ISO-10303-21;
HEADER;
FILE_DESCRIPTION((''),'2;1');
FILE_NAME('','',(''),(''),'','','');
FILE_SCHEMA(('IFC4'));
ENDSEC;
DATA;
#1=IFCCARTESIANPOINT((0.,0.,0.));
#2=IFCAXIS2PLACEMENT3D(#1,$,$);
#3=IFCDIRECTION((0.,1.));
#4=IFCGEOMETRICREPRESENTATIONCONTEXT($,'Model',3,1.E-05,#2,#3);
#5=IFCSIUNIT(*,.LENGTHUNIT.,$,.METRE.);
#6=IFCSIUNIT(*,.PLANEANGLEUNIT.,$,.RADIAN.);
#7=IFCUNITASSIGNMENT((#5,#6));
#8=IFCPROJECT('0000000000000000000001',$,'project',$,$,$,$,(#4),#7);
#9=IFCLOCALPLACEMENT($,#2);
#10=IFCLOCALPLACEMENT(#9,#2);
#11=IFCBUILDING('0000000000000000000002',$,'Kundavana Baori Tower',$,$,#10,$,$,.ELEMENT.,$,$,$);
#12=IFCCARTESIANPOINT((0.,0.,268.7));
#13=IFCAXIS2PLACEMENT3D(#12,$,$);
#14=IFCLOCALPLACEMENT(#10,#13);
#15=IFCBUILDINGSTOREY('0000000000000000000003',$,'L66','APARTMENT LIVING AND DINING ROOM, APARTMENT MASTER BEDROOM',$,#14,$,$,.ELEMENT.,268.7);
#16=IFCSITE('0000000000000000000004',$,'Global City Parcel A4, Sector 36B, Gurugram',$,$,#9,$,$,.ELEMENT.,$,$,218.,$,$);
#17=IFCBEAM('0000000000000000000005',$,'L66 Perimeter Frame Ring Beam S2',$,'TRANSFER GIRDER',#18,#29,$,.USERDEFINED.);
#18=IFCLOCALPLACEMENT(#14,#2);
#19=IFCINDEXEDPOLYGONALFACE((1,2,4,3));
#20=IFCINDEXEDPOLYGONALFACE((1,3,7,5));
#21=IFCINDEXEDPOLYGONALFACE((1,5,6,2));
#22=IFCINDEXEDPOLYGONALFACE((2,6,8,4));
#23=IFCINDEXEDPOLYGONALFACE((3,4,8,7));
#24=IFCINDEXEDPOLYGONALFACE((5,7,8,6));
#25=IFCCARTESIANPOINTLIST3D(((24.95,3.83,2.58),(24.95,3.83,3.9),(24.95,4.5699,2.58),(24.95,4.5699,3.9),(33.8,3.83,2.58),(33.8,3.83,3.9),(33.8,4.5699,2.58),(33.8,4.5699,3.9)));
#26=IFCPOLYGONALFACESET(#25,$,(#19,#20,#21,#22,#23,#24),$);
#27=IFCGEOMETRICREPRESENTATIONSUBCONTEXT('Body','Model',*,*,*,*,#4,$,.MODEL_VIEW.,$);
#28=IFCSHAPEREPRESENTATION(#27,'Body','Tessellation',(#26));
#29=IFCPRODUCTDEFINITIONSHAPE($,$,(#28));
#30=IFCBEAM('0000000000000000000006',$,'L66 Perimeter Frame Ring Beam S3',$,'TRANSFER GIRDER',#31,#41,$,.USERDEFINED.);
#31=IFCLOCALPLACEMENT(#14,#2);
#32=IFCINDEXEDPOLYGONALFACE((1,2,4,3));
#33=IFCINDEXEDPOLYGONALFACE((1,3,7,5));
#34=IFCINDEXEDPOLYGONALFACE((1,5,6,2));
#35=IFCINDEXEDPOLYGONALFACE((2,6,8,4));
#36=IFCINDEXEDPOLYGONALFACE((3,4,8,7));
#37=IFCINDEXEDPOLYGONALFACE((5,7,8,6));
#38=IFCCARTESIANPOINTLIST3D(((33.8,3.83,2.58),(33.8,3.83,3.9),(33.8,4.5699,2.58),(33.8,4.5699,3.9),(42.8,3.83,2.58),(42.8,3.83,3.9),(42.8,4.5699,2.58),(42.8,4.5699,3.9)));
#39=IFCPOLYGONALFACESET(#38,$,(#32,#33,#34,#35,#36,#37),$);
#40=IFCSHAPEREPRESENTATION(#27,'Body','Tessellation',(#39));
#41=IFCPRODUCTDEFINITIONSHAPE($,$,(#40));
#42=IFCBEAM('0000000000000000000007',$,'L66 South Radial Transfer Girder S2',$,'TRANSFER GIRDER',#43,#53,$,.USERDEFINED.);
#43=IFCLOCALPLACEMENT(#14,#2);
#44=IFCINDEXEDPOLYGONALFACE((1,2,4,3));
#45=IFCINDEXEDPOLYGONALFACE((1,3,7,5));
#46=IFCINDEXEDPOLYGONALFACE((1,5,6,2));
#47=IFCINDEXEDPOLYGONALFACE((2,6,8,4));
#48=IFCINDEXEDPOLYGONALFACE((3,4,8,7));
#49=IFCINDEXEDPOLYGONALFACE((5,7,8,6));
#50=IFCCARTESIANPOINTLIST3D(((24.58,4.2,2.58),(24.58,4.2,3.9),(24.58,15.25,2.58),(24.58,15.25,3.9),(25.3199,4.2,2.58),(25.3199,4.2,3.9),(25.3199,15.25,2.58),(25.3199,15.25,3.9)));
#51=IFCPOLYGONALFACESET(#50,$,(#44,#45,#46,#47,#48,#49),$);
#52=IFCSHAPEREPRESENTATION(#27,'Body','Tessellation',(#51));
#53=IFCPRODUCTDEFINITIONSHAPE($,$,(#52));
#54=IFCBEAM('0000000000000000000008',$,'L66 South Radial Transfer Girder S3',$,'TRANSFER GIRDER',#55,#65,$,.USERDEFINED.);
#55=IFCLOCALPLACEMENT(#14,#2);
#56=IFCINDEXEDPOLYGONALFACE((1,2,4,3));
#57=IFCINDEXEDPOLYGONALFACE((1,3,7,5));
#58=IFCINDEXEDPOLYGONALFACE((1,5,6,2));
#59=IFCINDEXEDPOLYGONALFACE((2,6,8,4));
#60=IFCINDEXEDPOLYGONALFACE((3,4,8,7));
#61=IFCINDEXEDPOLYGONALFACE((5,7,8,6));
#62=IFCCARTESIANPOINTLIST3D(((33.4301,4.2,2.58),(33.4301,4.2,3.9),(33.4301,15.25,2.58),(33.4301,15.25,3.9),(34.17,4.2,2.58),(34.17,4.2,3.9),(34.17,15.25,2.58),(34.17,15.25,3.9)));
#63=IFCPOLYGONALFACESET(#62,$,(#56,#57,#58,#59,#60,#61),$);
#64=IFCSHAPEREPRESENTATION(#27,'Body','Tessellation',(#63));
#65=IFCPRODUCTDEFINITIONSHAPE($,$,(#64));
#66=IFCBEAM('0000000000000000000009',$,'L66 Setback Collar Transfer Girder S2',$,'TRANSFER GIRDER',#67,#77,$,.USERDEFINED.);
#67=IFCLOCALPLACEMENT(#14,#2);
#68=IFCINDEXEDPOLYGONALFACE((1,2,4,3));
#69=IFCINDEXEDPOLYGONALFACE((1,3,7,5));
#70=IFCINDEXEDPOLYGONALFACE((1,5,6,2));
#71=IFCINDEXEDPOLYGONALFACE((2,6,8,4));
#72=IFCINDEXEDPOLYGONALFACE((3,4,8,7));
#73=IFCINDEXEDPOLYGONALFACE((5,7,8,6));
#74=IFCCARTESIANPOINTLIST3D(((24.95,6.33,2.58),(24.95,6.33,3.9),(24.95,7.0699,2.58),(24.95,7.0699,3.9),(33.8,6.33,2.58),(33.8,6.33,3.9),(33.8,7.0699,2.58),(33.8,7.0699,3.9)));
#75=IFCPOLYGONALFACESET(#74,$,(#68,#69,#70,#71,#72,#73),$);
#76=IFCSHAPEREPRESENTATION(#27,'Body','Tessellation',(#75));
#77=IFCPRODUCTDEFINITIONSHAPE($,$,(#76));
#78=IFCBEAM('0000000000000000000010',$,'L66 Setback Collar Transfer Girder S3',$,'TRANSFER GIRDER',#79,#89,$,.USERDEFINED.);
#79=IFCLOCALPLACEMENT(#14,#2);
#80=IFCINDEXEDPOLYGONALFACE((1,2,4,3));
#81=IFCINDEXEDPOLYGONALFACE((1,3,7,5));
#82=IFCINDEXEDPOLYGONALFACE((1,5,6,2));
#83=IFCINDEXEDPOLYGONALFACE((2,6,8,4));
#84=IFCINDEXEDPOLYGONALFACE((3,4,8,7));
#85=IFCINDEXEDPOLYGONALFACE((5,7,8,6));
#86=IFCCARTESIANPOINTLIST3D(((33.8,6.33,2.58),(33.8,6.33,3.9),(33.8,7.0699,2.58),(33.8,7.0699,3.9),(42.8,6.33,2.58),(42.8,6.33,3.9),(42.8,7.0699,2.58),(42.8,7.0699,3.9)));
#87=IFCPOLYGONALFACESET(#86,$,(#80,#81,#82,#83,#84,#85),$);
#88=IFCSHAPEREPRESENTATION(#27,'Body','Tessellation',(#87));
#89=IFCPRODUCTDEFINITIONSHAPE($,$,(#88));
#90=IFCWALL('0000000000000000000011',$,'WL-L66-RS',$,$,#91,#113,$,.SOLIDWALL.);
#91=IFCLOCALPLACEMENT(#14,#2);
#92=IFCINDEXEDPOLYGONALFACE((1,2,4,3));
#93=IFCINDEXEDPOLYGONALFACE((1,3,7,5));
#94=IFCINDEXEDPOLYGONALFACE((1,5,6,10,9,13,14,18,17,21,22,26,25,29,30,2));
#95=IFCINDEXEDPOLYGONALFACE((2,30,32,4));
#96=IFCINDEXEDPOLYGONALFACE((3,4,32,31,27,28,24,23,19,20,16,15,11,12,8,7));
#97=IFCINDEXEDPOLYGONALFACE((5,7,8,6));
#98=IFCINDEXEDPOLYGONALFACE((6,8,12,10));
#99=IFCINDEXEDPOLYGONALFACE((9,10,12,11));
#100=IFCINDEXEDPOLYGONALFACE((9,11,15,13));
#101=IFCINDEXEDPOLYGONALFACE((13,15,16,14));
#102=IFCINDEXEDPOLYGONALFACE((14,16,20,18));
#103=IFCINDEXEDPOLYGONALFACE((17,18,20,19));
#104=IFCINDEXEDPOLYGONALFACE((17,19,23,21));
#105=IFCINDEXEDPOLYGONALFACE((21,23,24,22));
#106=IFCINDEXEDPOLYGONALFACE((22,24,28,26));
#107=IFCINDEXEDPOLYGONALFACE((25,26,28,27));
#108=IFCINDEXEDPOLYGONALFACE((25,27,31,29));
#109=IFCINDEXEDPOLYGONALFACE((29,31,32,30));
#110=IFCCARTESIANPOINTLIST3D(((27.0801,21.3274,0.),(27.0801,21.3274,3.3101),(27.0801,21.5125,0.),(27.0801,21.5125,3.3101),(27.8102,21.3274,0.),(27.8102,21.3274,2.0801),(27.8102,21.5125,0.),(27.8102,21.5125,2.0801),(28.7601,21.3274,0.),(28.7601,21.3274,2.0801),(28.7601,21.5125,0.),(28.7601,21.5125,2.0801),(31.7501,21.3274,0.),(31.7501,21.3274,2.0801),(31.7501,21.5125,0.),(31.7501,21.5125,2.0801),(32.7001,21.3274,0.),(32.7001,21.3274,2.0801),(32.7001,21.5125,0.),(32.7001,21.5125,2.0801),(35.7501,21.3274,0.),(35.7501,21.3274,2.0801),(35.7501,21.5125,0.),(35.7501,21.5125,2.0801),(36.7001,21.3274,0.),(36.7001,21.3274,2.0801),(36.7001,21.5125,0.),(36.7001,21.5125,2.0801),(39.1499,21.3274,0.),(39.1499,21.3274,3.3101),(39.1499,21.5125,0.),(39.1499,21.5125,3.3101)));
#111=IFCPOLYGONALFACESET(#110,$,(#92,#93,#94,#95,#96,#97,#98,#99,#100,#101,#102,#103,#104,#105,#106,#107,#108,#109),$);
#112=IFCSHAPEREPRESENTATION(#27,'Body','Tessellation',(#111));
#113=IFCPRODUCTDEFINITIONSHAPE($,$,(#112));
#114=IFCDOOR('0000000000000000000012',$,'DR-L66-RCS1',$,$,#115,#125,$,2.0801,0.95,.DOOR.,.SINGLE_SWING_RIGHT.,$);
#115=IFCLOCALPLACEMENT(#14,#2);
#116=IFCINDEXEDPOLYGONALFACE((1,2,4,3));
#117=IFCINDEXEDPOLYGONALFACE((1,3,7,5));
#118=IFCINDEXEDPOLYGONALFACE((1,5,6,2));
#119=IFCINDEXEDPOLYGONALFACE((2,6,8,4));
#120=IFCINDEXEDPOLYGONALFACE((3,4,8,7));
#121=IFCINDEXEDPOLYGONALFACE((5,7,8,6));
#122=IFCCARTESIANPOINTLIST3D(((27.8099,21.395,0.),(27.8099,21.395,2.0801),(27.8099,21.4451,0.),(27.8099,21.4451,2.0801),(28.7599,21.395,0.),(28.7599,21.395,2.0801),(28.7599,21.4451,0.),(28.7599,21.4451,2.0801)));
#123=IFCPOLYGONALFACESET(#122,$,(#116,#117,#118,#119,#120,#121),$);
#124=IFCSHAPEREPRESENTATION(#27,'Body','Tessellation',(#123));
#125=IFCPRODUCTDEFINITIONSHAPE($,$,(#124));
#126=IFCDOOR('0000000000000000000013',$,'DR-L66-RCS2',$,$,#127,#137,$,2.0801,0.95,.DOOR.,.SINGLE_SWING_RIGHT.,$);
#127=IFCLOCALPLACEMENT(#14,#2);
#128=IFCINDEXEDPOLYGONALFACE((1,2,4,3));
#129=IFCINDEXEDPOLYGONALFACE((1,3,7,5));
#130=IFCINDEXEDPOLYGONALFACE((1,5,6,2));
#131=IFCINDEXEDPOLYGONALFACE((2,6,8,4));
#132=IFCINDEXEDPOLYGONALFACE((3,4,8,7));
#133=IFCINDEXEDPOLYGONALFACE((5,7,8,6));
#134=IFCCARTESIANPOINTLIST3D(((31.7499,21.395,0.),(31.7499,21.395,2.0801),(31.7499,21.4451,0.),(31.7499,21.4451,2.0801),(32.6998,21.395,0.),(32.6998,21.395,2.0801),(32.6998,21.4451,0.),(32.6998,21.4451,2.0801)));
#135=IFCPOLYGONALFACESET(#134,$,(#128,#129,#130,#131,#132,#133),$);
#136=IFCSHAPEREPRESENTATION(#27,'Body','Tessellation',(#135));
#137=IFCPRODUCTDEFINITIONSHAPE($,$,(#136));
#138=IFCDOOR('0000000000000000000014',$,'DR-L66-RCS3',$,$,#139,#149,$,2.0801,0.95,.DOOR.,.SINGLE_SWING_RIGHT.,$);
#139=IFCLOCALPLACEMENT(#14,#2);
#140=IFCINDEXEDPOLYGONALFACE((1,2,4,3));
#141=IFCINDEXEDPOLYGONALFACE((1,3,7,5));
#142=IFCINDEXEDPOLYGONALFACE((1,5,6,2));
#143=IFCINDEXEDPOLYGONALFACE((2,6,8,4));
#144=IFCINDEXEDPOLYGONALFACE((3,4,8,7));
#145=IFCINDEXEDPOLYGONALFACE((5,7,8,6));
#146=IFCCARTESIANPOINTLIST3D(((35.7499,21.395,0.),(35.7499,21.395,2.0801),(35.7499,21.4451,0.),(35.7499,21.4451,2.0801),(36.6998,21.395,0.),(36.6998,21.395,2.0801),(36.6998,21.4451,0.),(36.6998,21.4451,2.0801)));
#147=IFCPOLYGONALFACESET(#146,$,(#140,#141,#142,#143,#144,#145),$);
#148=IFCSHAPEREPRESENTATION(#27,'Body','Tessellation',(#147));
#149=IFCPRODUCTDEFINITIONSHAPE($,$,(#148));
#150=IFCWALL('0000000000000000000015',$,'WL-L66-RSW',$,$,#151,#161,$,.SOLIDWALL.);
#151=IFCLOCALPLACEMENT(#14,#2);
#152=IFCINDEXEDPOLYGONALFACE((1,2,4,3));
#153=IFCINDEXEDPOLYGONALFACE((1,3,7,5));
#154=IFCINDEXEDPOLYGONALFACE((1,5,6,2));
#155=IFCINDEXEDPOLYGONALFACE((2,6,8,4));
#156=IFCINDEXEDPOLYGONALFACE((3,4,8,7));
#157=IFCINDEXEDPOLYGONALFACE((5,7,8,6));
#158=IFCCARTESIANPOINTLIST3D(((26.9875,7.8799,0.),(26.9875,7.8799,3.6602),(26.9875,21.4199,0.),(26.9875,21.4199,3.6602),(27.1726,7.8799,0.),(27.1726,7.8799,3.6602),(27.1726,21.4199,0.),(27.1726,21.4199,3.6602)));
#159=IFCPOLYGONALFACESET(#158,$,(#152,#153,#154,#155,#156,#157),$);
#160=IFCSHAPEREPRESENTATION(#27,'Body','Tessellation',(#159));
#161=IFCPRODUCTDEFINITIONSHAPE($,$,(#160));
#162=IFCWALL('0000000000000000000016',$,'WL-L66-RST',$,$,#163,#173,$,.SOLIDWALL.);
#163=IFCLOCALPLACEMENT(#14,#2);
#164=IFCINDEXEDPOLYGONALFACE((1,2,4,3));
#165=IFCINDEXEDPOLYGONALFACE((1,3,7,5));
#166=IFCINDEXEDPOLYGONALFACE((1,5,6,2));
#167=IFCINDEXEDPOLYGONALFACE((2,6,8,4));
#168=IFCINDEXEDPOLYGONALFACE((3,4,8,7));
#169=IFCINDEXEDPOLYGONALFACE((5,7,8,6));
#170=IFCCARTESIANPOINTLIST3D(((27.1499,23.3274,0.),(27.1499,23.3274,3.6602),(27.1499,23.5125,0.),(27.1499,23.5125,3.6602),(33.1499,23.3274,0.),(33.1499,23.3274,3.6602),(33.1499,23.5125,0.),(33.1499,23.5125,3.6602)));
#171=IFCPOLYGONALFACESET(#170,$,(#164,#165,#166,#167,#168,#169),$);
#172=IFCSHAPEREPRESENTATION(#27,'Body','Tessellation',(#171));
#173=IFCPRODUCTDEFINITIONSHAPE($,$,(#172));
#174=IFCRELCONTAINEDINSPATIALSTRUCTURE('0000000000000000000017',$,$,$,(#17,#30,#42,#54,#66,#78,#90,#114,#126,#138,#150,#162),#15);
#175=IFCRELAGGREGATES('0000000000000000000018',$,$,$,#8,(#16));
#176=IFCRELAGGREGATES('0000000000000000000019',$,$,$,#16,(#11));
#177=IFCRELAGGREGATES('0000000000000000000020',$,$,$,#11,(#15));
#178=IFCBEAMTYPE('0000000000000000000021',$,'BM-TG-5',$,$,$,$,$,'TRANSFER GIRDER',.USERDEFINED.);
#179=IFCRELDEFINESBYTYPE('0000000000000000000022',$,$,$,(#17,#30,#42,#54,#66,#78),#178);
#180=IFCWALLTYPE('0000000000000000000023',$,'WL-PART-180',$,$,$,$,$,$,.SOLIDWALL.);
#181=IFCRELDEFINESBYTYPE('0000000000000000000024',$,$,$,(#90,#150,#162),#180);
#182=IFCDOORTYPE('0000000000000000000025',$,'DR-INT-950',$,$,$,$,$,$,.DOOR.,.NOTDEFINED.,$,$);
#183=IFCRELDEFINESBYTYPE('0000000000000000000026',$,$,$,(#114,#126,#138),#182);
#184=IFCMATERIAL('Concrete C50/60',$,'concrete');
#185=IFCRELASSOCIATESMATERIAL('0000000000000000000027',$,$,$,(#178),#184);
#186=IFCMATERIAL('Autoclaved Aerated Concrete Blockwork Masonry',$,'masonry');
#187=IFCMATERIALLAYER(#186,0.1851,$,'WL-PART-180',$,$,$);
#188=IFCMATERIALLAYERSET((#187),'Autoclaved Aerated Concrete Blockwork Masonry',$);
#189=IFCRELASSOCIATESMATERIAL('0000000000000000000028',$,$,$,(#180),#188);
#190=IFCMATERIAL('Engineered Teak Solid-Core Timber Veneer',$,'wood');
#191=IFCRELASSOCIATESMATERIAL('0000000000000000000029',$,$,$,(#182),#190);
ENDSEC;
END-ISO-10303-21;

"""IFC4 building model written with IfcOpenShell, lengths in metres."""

from ifc_helpers import new_model, si_unit, direction, frame, frame_2d, origin, origin_2d, place, context, subcontext, project, spatial, rectangle, extrude, material, layer, layer_set, material_profile, profile_set, type_object, element, fill, save


model = new_model("IFC4")

# Units and contexts
model_context = context("Model", 3, precision=1e-05, world=origin(), true_north=direction((0.0, 1.0)))
body_context = subcontext(model_context, "Body", "Model", "MODEL_VIEW")
ifc_project = project(units=[si_unit("LENGTHUNIT", "METRE"), si_unit("PLANEANGLEUNIT", "RADIAN")], contexts=[model_context])

# Site, building, storey
site_placement = place(None, origin())
site = spatial("IfcSite", under=ifc_project, at=site_placement, Name="Global City Parcel A4, Sector 36B, Gurugram", CompositionType="ELEMENT", RefElevation=218.0)
building_placement = place(site_placement, origin())
building = spatial("IfcBuilding", under=site, at=building_placement, Name="Kundavana Baori Tower", CompositionType="ELEMENT")
storey_placement = place(building_placement, frame((0.0, 0.0, 268.7)))
storey = spatial("IfcBuildingStorey", under=building, at=storey_placement, Name="L66", Description="APARTMENT LIVING AND DINING ROOM, APARTMENT MASTER BEDROOM", CompositionType="ELEMENT", Elevation=268.7)

# Beams
ifc_material_1 = material(Name="Concrete C50/60", Category="concrete")
ifc_material_profile_1 = material_profile(ifc_material_1, rectangle(XDim=0.74, YDim=1.3201, at=origin_2d()), Name="BM-TG-5")
ifc_profile_set_1 = profile_set([ifc_material_profile_1], Name="Concrete C50/60")
beam_type_1 = type_object("IfcBeamType", Name="BM-TG-5", ElementType="TRANSFER GIRDER", PredefinedType="USERDEFINED", material=ifc_profile_set_1)
beam_1_placement = place(storey_placement, frame((24.95, 4.2, 3.24), z_axis=(1.0, 0.0, 0.0), x_axis=(0.0, 1.0, 0.0)))
element("IfcBeam", 1, at=beam_1_placement, inside=storey, type_object=beam_type_1, Name="L66 Perimeter Frame Ring Beam S2", ObjectType="TRANSFER GIRDER", PredefinedType="USERDEFINED", context=body_context, shape_type="SweptSolid", body=[
    extrude(rectangle(XDim=0.74, YDim=1.3201, at=origin_2d()), origin(), (0.0, 0.0, 1.0), 8.8501),
])
beam_2_placement = place(storey_placement, frame((33.8, 4.2, 3.24), z_axis=(1.0, 0.0, 0.0), x_axis=(0.0, 1.0, 0.0)))
element("IfcBeam", 2, at=beam_2_placement, inside=storey, type_object=beam_type_1, Name="L66 Perimeter Frame Ring Beam S3", ObjectType="TRANSFER GIRDER", PredefinedType="USERDEFINED", context=body_context, shape_type="SweptSolid", body=[
    extrude(rectangle(XDim=0.74, YDim=1.3201, at=origin_2d()), origin(), (0.0, 0.0, 1.0), 9.0),
])
for number, where, z_axis, x_axis, name in (
    (3, (24.95, 15.25, 3.24), (0.0, -1.0, 0.0), (1.0, 0.0, 0.0), "L66 South Radial Transfer Girder S2"),
    (4, (33.8, 15.25, 3.24), (0.0, -1.0, 0.0), (1.0, 0.0, 0.0), "L66 South Radial Transfer Girder S3"),
):
    element("IfcBeam", number, at=place(storey_placement, frame(where, z_axis=z_axis, x_axis=x_axis)), inside=storey, type_object=beam_type_1, Name=name, ObjectType="TRANSFER GIRDER", PredefinedType="USERDEFINED", context=body_context, shape_type="SweptSolid", body=[
        extrude(rectangle(XDim=0.74, YDim=1.3201, at=origin_2d()), origin(), (0.0, 0.0, 1.0), 11.05),
    ])
beam_3_placement = place(storey_placement, frame((24.95, 6.7, 3.24), z_axis=(1.0, 0.0, 0.0), x_axis=(0.0, 1.0, 0.0)))
element("IfcBeam", 5, at=beam_3_placement, inside=storey, type_object=beam_type_1, Name="L66 Setback Collar Transfer Girder S2", ObjectType="TRANSFER GIRDER", PredefinedType="USERDEFINED", context=body_context, shape_type="SweptSolid", body=[
    extrude(rectangle(XDim=0.74, YDim=1.3201, at=origin_2d()), origin(), (0.0, 0.0, 1.0), 8.8501),
])
beam_4_placement = place(storey_placement, frame((33.8, 6.7, 3.24), z_axis=(1.0, 0.0, 0.0), x_axis=(0.0, 1.0, 0.0)))
element("IfcBeam", 6, at=beam_4_placement, inside=storey, type_object=beam_type_1, Name="L66 Setback Collar Transfer Girder S3", ObjectType="TRANSFER GIRDER", PredefinedType="USERDEFINED", context=body_context, shape_type="SweptSolid", body=[
    extrude(rectangle(XDim=0.74, YDim=1.3201, at=origin_2d()), origin(), (0.0, 0.0, 1.0), 9.0),
])

# Wall, openings, doors
ifc_material_2 = material(Name="Autoclaved Aerated Concrete Blockwork Masonry", Category="masonry")
ifc_layer = layer(ifc_material_2, 0.1851, Name="WL-PART-180")
ifc_layer_set = layer_set([ifc_layer], Name="Autoclaved Aerated Concrete Blockwork Masonry")
wall_type = type_object("IfcWallType", Name="WL-PART-180", PredefinedType="SOLIDWALL", material=ifc_layer_set)
wall_1_placement = place(storey_placement, frame((27.0801, 21.4199, 0.0), z_axis=(0.0, 0.0, 1.0), x_axis=(1.0, 0.0, 0.0)))
wall_1 = element("IfcWall", 7, at=wall_1_placement, inside=storey, type_object=wall_type, Name="WL-L66-RS", PredefinedType="SOLIDWALL", context=body_context, shape_type="SweptSolid", body=[
    extrude(rectangle(XDim=12.0698, YDim=0.1851, at=frame_2d((6.0349, 0.0))), origin(), (0.0, 0.0, 1.0), 3.3101),
])
opening_1_placement = place(wall_1_placement, frame((0.73, 0.0, 0.0)))
opening_1 = element("IfcOpeningElement", 8, at=opening_1_placement, cuts=wall_1, PredefinedType="OPENING", context=body_context, shape_type="SweptSolid", body=[
    extrude(rectangle(XDim=0.95, YDim=2.0801, at=frame_2d((0.4751, 1.04))), frame((0.0, 0.1025, 0.0), z_axis=(0.0, -1.0, 0.0), x_axis=(1.0, 0.0, 0.0)), (0.0, 0.0, 1.0), 0.2051),
])
opening_2_placement = place(wall_1_placement, frame((4.6699, 0.0, 0.0)))
opening_2 = element("IfcOpeningElement", 9, at=opening_2_placement, cuts=wall_1, PredefinedType="OPENING", context=body_context, shape_type="SweptSolid", body=[
    extrude(rectangle(XDim=0.95, YDim=2.0801, at=frame_2d((0.4751, 1.04))), frame((0.0, 0.1025, 0.0), z_axis=(0.0, -1.0, 0.0), x_axis=(1.0, 0.0, 0.0)), (0.0, 0.0, 1.0), 0.2051),
])
opening_3_placement = place(wall_1_placement, frame((8.6699, 0.0, 0.0)))
opening_3 = element("IfcOpeningElement", 10, at=opening_3_placement, cuts=wall_1, PredefinedType="OPENING", context=body_context, shape_type="SweptSolid", body=[
    extrude(rectangle(XDim=0.95, YDim=2.0801, at=frame_2d((0.4751, 1.04))), frame((0.0, 0.1025, 0.0), z_axis=(0.0, -1.0, 0.0), x_axis=(1.0, 0.0, 0.0)), (0.0, 0.0, 1.0), 0.2051),
])
ifc_material_3 = material(Name="Engineered Teak Solid-Core Timber Veneer", Category="wood")
door_type = type_object("IfcDoorType", Name="DR-INT-950", OperationType="NOTDEFINED", PredefinedType="DOOR", material=ifc_material_3)
door_1_placement = place(opening_1_placement, frame((0.95, 0.0, 0.0), z_axis=(0.0, 0.0, 1.0), x_axis=(-1.0, 0.0, 0.0)))
door_1 = element("IfcDoor", 11, at=door_1_placement, inside=storey, type_object=door_type, Name="DR-L66-RCS1", OperationType="SINGLE_SWING_RIGHT", OverallHeight=2.0801, OverallWidth=0.95, PredefinedType="DOOR", context=body_context, shape_type="SweptSolid", body=[
    extrude(rectangle(XDim=0.95, YDim=2.0801, at=frame_2d((0.4751, 1.04))), frame((0.0, 0.0249, 0.0), z_axis=(0.0, -1.0, 0.0), x_axis=(1.0, 0.0, 0.0)), (0.0, 0.0, 1.0), 0.05),
])
fill(opening_1, door_1)
door_2_placement = place(opening_2_placement, frame((0.95, 0.0, 0.0), z_axis=(0.0, 0.0, 1.0), x_axis=(-1.0, 0.0, 0.0)))
door_2 = element("IfcDoor", 12, at=door_2_placement, inside=storey, type_object=door_type, Name="DR-L66-RCS2", OperationType="SINGLE_SWING_RIGHT", OverallHeight=2.0801, OverallWidth=0.95, PredefinedType="DOOR", context=body_context, shape_type="SweptSolid", body=[
    extrude(rectangle(XDim=0.95, YDim=2.0801, at=frame_2d((0.4751, 1.04))), frame((0.0, 0.0249, 0.0), z_axis=(0.0, -1.0, 0.0), x_axis=(1.0, 0.0, 0.0)), (0.0, 0.0, 1.0), 0.05),
])
fill(opening_2, door_2)
door_3_placement = place(opening_3_placement, frame((0.95, 0.0, 0.0), z_axis=(0.0, 0.0, 1.0), x_axis=(-1.0, 0.0, 0.0)))
door_3 = element("IfcDoor", 13, at=door_3_placement, inside=storey, type_object=door_type, Name="DR-L66-RCS3", OperationType="SINGLE_SWING_RIGHT", OverallHeight=2.0801, OverallWidth=0.95, PredefinedType="DOOR", context=body_context, shape_type="SweptSolid", body=[
    extrude(rectangle(XDim=0.95, YDim=2.0801, at=frame_2d((0.4751, 1.04))), frame((0.0, 0.0249, 0.0), z_axis=(0.0, -1.0, 0.0), x_axis=(1.0, 0.0, 0.0)), (0.0, 0.0, 1.0), 0.05),
])
fill(opening_3, door_3)

# Walls
wall_2_placement = place(storey_placement, frame((27.0801, 7.8799, 0.0), z_axis=(0.0, 0.0, 1.0), x_axis=(0.0, 1.0, 0.0)))
element("IfcWall", 14, at=wall_2_placement, inside=storey, type_object=wall_type, Name="WL-L66-RSW", PredefinedType="SOLIDWALL", context=body_context, shape_type="SweptSolid", body=[
    extrude(rectangle(XDim=13.54, YDim=0.1851, at=frame_2d((6.77, 0.0))), origin(), (0.0, 0.0, 1.0), 3.6602),
])
wall_3_placement = place(storey_placement, frame((27.1499, 23.4199, 0.0), z_axis=(0.0, 0.0, 1.0), x_axis=(1.0, 0.0, 0.0)))
element("IfcWall", 15, at=wall_3_placement, inside=storey, type_object=wall_type, Name="WL-L66-RST", PredefinedType="SOLIDWALL", context=body_context, shape_type="SweptSolid", body=[
    extrude(rectangle(XDim=6.0, YDim=0.1851, at=frame_2d((3.0, 0.0))), origin(), (0.0, 0.0, 1.0), 3.6602),
])

save(model, "model.ifc")
